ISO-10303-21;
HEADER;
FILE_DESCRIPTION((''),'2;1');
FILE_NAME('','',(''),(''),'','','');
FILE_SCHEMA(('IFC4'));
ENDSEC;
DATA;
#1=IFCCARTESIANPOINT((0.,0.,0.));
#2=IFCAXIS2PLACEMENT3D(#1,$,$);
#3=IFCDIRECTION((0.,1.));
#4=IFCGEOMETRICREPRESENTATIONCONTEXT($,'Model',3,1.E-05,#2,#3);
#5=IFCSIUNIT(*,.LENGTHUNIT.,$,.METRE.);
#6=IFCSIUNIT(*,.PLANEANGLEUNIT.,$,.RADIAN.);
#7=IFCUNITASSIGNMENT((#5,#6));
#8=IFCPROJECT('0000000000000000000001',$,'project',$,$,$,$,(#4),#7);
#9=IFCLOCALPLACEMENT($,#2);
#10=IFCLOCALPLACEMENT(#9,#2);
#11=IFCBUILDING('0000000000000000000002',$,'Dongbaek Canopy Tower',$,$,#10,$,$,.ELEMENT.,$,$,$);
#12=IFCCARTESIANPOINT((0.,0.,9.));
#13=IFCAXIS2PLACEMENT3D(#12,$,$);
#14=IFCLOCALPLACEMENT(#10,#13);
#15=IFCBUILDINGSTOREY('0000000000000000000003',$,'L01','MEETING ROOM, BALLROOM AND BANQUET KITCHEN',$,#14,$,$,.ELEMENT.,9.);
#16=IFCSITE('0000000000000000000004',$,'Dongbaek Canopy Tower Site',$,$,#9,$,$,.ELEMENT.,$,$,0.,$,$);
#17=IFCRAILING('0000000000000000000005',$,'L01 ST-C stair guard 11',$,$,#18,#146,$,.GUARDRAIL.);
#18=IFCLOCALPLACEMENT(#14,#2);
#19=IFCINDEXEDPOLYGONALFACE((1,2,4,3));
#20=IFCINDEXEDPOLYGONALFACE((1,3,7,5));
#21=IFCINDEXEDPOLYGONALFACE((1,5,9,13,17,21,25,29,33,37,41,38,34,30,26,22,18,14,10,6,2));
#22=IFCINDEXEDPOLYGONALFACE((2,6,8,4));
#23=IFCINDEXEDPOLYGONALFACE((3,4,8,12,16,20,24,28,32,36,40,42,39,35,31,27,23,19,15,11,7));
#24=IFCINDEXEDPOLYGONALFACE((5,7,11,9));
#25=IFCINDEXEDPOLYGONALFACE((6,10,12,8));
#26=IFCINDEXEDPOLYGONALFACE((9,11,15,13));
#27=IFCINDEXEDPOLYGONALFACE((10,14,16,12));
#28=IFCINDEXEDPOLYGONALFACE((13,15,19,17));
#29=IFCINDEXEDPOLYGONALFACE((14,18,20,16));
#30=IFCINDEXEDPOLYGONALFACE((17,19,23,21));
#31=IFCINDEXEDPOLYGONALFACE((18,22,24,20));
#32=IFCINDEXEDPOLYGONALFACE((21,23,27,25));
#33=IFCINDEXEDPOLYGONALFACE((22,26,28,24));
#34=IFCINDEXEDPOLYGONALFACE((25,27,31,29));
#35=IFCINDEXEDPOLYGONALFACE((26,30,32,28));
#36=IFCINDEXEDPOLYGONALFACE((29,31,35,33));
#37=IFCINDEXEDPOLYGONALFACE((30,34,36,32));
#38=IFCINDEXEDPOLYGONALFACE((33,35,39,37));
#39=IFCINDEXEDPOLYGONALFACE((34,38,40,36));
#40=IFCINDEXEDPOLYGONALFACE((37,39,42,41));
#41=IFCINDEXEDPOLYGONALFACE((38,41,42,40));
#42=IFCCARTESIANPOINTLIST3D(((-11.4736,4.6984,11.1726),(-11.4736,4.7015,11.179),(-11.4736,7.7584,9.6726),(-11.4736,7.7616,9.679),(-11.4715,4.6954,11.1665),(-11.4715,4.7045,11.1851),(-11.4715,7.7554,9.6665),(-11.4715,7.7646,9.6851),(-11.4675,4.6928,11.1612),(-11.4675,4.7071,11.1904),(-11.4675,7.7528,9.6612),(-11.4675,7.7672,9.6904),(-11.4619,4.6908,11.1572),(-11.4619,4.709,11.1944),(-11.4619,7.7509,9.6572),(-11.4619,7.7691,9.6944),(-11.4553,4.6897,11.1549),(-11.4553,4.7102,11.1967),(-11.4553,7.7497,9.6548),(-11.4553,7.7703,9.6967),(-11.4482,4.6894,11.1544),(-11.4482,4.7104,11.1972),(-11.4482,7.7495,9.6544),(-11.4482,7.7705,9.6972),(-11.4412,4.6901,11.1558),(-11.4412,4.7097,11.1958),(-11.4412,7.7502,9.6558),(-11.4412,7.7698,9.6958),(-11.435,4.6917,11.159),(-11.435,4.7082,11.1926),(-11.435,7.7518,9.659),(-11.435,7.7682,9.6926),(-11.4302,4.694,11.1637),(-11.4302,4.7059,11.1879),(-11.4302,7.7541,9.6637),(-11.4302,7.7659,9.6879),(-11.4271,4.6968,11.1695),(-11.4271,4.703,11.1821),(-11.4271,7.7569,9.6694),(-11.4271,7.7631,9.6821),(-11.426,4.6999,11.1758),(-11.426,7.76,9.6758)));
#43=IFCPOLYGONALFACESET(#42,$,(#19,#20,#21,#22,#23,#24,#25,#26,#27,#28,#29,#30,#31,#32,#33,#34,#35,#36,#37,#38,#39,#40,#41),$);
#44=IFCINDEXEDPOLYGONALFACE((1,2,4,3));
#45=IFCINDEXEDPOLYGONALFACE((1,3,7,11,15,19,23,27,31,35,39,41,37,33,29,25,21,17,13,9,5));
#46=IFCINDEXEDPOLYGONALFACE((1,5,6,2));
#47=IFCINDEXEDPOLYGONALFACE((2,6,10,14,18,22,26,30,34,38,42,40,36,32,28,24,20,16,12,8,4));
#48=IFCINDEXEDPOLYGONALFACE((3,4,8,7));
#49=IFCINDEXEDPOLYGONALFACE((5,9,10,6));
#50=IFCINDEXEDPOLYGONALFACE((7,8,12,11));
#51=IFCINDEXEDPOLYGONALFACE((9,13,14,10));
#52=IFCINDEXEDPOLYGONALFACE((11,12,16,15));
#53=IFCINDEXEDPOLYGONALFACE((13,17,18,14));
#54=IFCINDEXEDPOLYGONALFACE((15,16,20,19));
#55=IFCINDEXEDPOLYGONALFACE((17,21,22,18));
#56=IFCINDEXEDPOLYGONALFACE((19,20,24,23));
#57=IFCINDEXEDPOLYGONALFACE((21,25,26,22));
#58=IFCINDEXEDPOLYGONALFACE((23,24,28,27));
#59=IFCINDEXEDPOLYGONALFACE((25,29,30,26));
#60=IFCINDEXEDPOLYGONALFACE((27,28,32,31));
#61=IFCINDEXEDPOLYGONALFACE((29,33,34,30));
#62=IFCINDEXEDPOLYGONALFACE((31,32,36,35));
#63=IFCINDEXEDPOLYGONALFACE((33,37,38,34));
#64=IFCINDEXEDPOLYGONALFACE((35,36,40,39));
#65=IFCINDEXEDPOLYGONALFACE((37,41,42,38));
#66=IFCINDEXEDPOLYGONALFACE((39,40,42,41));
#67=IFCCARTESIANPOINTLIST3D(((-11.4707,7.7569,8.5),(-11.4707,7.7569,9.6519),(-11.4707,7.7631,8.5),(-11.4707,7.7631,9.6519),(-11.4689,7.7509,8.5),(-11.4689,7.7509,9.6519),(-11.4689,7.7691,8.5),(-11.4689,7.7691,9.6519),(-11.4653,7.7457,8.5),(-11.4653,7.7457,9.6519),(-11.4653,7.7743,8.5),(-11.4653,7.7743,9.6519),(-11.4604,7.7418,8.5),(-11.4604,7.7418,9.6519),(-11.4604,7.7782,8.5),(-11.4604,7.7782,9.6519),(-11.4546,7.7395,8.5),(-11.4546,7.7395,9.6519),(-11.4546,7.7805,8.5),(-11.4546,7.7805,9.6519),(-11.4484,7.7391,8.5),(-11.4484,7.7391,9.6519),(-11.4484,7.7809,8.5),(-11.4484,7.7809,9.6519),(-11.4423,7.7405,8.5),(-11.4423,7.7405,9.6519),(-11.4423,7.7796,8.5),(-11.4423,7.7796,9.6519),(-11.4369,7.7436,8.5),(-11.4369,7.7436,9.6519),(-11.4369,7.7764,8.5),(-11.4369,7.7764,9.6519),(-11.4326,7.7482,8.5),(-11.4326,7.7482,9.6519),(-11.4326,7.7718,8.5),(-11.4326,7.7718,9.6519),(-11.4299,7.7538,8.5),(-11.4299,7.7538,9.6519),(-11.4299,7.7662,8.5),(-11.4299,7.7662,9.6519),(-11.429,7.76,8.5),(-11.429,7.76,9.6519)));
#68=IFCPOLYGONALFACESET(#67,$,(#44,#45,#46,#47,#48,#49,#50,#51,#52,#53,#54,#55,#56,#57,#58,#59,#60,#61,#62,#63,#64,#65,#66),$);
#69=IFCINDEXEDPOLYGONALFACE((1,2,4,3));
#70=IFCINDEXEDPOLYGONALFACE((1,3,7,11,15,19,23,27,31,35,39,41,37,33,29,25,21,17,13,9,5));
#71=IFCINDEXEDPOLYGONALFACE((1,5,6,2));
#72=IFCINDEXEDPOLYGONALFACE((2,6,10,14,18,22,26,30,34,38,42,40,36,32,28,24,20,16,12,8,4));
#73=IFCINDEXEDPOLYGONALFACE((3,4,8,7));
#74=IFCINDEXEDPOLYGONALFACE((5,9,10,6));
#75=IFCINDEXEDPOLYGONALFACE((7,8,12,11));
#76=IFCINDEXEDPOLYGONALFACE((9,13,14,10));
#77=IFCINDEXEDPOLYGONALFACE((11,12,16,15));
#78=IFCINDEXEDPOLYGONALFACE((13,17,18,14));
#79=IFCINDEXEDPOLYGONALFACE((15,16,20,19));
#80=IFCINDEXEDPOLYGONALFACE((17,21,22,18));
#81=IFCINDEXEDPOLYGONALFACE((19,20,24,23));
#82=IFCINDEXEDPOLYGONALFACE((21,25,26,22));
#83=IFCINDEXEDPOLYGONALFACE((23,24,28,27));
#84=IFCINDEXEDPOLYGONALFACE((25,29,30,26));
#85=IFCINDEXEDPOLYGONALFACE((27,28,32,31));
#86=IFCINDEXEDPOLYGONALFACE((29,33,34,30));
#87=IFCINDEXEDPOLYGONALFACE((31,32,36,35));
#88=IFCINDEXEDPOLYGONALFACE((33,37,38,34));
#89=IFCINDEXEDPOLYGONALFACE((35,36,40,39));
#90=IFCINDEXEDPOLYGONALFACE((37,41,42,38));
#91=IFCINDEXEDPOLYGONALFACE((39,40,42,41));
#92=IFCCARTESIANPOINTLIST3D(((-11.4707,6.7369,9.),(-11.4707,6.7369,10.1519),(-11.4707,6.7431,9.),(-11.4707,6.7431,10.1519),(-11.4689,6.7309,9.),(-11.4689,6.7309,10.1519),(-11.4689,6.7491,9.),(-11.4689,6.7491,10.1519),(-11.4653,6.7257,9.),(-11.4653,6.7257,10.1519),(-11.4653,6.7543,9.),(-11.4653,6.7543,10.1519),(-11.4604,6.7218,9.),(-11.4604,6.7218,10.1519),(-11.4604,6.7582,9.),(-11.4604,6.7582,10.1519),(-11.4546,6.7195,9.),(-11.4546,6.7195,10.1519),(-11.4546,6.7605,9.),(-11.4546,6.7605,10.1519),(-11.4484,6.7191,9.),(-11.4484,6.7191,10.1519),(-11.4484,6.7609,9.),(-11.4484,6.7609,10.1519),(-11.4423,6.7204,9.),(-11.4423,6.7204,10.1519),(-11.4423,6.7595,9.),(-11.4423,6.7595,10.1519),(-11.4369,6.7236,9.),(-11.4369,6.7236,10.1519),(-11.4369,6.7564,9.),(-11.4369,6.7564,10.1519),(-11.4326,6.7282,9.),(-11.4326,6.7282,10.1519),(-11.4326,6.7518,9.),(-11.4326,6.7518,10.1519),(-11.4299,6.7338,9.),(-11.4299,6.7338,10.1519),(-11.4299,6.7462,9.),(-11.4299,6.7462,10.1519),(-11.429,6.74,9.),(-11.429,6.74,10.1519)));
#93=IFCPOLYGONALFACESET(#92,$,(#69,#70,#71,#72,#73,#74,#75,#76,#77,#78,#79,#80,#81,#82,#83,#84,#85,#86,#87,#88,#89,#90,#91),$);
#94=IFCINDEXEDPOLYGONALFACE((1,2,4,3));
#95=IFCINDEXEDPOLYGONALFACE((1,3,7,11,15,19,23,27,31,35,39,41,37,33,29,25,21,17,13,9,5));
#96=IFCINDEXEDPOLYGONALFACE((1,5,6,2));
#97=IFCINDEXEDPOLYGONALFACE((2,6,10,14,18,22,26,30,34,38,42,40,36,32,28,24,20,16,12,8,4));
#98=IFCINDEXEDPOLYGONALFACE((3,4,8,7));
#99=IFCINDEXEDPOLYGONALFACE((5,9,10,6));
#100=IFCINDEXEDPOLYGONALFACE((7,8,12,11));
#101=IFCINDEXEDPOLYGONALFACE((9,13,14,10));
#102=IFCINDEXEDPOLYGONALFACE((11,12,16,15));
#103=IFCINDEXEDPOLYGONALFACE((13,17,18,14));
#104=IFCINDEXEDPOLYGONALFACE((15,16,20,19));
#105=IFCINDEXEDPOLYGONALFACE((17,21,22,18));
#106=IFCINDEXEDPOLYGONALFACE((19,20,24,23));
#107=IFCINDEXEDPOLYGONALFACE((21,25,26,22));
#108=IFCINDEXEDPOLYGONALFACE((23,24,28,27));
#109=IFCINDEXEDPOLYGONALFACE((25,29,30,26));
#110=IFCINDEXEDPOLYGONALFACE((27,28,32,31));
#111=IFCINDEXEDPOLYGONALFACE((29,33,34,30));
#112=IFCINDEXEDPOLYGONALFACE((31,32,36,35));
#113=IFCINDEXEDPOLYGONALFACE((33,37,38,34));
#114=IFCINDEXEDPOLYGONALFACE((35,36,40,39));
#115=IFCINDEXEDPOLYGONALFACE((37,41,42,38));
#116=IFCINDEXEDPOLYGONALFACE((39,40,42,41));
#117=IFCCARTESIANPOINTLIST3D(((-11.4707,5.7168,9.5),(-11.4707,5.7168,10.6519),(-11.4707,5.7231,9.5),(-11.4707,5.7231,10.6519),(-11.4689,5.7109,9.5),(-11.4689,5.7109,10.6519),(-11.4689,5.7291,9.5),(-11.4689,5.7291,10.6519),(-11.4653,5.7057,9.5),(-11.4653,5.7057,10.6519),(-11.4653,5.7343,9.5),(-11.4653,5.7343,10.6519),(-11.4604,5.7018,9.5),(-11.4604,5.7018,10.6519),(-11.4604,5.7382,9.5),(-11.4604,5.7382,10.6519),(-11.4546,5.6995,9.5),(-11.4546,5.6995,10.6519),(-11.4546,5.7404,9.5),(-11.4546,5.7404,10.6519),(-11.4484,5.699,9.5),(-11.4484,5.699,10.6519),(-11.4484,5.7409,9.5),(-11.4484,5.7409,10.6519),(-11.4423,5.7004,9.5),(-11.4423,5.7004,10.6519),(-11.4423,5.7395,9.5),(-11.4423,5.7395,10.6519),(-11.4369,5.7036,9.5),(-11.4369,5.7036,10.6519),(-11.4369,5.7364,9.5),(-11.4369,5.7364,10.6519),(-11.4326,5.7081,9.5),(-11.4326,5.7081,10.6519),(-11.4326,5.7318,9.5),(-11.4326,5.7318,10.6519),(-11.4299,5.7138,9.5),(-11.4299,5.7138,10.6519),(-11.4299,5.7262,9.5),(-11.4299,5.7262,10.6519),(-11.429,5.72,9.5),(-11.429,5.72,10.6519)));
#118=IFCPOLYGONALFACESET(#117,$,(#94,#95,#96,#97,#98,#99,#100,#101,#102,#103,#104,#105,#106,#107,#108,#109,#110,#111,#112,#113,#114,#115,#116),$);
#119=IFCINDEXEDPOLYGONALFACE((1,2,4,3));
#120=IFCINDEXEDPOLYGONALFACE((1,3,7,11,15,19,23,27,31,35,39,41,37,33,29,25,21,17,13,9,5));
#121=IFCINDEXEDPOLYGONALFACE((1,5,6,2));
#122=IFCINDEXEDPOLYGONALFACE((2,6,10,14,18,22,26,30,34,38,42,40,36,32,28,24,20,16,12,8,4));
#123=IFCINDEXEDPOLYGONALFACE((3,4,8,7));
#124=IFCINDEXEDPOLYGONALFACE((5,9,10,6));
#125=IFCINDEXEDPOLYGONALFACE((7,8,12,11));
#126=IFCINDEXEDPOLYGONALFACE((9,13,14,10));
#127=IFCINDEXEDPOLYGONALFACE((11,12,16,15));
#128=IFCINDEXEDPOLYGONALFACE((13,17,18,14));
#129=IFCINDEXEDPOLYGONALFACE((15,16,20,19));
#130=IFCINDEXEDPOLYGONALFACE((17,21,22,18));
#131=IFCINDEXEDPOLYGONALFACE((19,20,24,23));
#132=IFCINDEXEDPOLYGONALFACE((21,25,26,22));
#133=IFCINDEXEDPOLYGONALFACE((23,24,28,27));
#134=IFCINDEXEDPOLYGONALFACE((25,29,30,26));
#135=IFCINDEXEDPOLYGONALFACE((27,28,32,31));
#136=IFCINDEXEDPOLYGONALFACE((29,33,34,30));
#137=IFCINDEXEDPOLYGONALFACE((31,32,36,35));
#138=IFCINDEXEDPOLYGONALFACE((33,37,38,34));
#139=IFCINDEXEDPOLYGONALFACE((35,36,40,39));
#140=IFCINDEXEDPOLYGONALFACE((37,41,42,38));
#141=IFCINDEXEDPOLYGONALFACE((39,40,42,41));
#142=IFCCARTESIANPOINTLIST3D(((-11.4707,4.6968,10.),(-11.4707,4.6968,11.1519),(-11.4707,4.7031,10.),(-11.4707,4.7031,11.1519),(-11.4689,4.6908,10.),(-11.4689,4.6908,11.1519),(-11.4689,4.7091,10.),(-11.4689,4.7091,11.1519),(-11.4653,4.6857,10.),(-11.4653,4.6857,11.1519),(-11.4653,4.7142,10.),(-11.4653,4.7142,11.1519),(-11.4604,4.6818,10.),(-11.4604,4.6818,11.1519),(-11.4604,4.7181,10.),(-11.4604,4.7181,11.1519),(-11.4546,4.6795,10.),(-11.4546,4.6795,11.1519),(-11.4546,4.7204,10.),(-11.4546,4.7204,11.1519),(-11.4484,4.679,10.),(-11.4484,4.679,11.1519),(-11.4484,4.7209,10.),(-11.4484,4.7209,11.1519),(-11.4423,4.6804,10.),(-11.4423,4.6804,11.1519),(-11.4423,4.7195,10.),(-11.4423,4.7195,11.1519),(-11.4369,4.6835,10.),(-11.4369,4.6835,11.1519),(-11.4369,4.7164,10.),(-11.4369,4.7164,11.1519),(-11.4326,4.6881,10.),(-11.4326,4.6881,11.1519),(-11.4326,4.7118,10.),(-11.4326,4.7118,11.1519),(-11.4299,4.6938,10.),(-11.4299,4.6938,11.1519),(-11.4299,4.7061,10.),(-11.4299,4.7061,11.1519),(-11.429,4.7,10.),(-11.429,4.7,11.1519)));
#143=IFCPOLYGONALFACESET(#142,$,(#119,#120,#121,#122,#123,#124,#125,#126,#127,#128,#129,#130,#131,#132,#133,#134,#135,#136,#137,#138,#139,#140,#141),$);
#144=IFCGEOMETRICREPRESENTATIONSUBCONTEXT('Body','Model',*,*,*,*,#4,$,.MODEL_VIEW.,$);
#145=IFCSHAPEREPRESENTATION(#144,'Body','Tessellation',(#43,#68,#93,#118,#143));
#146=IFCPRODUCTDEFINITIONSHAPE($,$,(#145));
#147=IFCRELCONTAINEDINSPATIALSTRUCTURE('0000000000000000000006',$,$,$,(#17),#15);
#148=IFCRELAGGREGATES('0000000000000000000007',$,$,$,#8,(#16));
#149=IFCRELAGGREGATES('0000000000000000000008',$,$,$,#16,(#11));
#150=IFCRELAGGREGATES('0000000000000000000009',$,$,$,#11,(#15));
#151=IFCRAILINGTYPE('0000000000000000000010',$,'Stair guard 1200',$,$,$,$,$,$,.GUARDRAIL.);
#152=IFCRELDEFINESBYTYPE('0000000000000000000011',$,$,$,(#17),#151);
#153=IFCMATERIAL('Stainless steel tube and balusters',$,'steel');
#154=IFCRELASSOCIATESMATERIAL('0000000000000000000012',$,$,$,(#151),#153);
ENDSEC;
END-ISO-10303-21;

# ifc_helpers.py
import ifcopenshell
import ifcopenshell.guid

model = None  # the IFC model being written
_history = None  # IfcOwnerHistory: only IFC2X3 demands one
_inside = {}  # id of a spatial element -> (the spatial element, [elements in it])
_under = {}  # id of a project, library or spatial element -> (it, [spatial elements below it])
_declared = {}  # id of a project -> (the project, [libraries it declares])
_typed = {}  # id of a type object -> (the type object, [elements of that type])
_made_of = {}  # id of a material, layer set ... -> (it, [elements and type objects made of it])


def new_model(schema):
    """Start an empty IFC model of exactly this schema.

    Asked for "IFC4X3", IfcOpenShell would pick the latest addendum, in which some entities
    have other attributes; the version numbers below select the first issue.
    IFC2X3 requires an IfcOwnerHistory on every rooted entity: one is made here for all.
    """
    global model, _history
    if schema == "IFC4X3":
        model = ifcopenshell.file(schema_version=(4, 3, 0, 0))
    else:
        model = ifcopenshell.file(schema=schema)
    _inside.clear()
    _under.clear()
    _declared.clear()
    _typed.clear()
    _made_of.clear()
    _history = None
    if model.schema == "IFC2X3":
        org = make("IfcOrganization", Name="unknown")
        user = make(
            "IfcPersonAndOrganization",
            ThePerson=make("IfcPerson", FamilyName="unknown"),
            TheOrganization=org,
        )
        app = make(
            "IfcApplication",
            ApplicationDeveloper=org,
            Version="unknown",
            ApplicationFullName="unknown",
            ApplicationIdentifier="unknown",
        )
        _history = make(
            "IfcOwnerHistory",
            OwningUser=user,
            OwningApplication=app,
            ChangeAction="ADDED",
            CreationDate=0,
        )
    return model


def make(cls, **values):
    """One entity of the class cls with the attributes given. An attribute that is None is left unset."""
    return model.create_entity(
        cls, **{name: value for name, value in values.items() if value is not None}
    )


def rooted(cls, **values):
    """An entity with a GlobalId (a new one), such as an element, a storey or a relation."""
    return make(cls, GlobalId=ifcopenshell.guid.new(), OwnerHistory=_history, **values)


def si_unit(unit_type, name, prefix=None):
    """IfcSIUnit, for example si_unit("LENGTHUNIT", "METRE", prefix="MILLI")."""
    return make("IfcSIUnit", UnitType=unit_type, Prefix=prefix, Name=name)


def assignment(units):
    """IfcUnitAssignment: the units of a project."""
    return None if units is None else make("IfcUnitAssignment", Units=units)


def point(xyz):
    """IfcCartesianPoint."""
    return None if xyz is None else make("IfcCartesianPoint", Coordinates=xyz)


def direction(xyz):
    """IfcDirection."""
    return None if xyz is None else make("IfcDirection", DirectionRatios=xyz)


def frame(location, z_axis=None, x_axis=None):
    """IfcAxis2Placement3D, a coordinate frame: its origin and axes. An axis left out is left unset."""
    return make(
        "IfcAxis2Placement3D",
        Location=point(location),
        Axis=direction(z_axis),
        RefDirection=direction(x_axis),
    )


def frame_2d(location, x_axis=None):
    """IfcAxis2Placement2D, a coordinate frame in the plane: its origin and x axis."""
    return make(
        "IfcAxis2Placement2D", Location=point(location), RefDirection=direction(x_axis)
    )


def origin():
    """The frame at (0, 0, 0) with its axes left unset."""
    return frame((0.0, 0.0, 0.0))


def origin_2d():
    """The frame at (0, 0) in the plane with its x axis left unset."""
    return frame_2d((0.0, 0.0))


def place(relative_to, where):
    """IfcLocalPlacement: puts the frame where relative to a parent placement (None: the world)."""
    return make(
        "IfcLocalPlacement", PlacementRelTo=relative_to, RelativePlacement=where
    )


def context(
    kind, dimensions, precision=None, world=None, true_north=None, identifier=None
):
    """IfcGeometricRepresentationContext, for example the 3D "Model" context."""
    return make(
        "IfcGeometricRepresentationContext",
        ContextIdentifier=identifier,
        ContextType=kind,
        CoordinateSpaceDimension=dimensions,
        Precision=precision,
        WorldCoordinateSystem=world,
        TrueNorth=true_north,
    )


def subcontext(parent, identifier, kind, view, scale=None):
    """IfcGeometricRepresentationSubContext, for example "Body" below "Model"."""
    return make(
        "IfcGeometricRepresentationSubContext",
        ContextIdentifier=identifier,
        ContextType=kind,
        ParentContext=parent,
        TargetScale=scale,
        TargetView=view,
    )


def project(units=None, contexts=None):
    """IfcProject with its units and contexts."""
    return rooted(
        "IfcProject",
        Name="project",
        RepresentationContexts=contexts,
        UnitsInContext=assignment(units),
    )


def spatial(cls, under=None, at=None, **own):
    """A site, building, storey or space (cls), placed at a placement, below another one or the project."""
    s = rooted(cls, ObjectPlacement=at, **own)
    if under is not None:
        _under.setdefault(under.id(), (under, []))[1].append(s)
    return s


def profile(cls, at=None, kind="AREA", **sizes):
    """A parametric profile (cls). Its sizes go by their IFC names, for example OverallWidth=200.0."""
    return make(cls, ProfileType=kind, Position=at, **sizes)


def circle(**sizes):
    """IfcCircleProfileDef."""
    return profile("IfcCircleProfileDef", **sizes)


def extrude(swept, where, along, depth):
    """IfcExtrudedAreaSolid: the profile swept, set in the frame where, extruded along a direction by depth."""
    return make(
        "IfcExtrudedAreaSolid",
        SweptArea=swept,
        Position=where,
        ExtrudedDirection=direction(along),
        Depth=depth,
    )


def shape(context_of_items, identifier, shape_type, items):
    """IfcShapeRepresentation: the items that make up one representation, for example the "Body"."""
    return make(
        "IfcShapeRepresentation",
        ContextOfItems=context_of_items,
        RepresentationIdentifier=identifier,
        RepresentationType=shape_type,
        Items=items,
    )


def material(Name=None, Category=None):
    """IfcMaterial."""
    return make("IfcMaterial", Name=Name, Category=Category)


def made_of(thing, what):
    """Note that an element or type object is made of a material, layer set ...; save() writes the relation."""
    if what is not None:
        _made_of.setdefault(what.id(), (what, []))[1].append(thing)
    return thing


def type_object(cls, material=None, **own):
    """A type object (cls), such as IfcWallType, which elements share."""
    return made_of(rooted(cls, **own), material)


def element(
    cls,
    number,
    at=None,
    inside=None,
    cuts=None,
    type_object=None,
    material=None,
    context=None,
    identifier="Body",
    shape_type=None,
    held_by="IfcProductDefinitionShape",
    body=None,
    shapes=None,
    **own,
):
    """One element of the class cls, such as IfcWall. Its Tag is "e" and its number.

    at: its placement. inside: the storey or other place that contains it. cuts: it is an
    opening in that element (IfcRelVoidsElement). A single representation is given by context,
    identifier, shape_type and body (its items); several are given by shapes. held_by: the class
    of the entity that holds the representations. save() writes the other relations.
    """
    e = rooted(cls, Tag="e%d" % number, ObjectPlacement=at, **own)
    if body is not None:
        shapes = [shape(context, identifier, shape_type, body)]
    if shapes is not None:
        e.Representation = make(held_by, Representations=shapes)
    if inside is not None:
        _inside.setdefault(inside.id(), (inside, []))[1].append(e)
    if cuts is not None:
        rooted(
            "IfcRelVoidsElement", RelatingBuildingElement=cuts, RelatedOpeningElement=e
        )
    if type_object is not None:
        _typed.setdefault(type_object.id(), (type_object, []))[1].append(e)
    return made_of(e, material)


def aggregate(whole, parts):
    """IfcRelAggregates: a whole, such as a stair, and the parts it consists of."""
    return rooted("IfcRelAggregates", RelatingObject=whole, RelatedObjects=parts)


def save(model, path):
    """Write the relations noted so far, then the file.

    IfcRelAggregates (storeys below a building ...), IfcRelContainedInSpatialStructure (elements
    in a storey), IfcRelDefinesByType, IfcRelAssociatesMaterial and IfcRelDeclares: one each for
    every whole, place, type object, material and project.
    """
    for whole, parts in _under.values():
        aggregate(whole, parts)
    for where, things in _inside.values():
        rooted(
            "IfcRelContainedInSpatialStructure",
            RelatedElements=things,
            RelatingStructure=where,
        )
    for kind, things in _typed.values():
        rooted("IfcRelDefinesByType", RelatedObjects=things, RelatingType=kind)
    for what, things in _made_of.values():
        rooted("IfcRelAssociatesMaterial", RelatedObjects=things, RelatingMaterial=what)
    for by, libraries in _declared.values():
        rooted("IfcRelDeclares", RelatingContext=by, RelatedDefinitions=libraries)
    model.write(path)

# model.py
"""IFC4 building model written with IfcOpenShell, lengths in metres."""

from ifc_helpers import new_model, si_unit, direction, frame, origin, origin_2d, place, context, subcontext, project, spatial, circle, extrude, material, type_object, element, save


model = new_model("IFC4")

# Units and contexts
model_context = context("Model", 3, precision=1e-05, world=origin(), true_north=direction((0.0, 1.0)))
body_context = subcontext(model_context, "Body", "Model", "MODEL_VIEW")
ifc_project = project(units=[si_unit("LENGTHUNIT", "METRE"), si_unit("PLANEANGLEUNIT", "RADIAN")], contexts=[model_context])

# Site, building, storey
site_placement = place(None, origin())
site = spatial("IfcSite", under=ifc_project, at=site_placement, Name="Dongbaek Canopy Tower Site", CompositionType="ELEMENT", RefElevation=0.0)
building_placement = place(site_placement, origin())
building = spatial("IfcBuilding", under=site, at=building_placement, Name="Dongbaek Canopy Tower", CompositionType="ELEMENT")
storey_placement = place(building_placement, frame((0.0, 0.0, 9.0)))
storey = spatial("IfcBuildingStorey", under=building, at=storey_placement, Name="L01", Description="MEETING ROOM, BALLROOM AND BANQUET KITCHEN", CompositionType="ELEMENT", Elevation=9.0)

# Railing
ifc_material_1 = material(Name="Stainless steel tube and balusters", Category="steel")
railing_type_1 = type_object("IfcRailingType", Name="Stair guard 1200", PredefinedType="GUARDRAIL", material=ifc_material_1)
railing_1_placement = place(storey_placement, frame((-11.45, 7.76, 8.5)))
element("IfcRailing", 1, at=railing_1_placement, inside=storey, type_object=railing_type_1, Name="L01 ST-C stair guard 11", PredefinedType="GUARDRAIL", context=body_context, shape_type="SweptSolid", body=[
    extrude(circle(Radius=0.0239, at=origin_2d()), frame((0.0, 0.0, 1.1758), z_axis=(0.0, -0.897924, 0.44015), x_axis=(1.0, 0.0, 0.0)), (0.0, 0.0, 1.0), 3.408),
    extrude(circle(Radius=0.021, at=origin_2d()), origin(), (0.0, 0.0, 1.0), 1.1519),
    extrude(circle(Radius=0.021, at=origin_2d()), frame((0.0, -1.02, 0.5)), (0.0, 0.0, 1.0), 1.1519),
    extrude(circle(Radius=0.021, at=origin_2d()), frame((0.0, -2.04, 1.0)), (0.0, 0.0, 1.0), 1.1519),
    extrude(circle(Radius=0.021, at=origin_2d()), frame((0.0, -3.0601, 1.5)), (0.0, 0.0, 1.0), 1.1519),
])

save(model, "model.ifc")
